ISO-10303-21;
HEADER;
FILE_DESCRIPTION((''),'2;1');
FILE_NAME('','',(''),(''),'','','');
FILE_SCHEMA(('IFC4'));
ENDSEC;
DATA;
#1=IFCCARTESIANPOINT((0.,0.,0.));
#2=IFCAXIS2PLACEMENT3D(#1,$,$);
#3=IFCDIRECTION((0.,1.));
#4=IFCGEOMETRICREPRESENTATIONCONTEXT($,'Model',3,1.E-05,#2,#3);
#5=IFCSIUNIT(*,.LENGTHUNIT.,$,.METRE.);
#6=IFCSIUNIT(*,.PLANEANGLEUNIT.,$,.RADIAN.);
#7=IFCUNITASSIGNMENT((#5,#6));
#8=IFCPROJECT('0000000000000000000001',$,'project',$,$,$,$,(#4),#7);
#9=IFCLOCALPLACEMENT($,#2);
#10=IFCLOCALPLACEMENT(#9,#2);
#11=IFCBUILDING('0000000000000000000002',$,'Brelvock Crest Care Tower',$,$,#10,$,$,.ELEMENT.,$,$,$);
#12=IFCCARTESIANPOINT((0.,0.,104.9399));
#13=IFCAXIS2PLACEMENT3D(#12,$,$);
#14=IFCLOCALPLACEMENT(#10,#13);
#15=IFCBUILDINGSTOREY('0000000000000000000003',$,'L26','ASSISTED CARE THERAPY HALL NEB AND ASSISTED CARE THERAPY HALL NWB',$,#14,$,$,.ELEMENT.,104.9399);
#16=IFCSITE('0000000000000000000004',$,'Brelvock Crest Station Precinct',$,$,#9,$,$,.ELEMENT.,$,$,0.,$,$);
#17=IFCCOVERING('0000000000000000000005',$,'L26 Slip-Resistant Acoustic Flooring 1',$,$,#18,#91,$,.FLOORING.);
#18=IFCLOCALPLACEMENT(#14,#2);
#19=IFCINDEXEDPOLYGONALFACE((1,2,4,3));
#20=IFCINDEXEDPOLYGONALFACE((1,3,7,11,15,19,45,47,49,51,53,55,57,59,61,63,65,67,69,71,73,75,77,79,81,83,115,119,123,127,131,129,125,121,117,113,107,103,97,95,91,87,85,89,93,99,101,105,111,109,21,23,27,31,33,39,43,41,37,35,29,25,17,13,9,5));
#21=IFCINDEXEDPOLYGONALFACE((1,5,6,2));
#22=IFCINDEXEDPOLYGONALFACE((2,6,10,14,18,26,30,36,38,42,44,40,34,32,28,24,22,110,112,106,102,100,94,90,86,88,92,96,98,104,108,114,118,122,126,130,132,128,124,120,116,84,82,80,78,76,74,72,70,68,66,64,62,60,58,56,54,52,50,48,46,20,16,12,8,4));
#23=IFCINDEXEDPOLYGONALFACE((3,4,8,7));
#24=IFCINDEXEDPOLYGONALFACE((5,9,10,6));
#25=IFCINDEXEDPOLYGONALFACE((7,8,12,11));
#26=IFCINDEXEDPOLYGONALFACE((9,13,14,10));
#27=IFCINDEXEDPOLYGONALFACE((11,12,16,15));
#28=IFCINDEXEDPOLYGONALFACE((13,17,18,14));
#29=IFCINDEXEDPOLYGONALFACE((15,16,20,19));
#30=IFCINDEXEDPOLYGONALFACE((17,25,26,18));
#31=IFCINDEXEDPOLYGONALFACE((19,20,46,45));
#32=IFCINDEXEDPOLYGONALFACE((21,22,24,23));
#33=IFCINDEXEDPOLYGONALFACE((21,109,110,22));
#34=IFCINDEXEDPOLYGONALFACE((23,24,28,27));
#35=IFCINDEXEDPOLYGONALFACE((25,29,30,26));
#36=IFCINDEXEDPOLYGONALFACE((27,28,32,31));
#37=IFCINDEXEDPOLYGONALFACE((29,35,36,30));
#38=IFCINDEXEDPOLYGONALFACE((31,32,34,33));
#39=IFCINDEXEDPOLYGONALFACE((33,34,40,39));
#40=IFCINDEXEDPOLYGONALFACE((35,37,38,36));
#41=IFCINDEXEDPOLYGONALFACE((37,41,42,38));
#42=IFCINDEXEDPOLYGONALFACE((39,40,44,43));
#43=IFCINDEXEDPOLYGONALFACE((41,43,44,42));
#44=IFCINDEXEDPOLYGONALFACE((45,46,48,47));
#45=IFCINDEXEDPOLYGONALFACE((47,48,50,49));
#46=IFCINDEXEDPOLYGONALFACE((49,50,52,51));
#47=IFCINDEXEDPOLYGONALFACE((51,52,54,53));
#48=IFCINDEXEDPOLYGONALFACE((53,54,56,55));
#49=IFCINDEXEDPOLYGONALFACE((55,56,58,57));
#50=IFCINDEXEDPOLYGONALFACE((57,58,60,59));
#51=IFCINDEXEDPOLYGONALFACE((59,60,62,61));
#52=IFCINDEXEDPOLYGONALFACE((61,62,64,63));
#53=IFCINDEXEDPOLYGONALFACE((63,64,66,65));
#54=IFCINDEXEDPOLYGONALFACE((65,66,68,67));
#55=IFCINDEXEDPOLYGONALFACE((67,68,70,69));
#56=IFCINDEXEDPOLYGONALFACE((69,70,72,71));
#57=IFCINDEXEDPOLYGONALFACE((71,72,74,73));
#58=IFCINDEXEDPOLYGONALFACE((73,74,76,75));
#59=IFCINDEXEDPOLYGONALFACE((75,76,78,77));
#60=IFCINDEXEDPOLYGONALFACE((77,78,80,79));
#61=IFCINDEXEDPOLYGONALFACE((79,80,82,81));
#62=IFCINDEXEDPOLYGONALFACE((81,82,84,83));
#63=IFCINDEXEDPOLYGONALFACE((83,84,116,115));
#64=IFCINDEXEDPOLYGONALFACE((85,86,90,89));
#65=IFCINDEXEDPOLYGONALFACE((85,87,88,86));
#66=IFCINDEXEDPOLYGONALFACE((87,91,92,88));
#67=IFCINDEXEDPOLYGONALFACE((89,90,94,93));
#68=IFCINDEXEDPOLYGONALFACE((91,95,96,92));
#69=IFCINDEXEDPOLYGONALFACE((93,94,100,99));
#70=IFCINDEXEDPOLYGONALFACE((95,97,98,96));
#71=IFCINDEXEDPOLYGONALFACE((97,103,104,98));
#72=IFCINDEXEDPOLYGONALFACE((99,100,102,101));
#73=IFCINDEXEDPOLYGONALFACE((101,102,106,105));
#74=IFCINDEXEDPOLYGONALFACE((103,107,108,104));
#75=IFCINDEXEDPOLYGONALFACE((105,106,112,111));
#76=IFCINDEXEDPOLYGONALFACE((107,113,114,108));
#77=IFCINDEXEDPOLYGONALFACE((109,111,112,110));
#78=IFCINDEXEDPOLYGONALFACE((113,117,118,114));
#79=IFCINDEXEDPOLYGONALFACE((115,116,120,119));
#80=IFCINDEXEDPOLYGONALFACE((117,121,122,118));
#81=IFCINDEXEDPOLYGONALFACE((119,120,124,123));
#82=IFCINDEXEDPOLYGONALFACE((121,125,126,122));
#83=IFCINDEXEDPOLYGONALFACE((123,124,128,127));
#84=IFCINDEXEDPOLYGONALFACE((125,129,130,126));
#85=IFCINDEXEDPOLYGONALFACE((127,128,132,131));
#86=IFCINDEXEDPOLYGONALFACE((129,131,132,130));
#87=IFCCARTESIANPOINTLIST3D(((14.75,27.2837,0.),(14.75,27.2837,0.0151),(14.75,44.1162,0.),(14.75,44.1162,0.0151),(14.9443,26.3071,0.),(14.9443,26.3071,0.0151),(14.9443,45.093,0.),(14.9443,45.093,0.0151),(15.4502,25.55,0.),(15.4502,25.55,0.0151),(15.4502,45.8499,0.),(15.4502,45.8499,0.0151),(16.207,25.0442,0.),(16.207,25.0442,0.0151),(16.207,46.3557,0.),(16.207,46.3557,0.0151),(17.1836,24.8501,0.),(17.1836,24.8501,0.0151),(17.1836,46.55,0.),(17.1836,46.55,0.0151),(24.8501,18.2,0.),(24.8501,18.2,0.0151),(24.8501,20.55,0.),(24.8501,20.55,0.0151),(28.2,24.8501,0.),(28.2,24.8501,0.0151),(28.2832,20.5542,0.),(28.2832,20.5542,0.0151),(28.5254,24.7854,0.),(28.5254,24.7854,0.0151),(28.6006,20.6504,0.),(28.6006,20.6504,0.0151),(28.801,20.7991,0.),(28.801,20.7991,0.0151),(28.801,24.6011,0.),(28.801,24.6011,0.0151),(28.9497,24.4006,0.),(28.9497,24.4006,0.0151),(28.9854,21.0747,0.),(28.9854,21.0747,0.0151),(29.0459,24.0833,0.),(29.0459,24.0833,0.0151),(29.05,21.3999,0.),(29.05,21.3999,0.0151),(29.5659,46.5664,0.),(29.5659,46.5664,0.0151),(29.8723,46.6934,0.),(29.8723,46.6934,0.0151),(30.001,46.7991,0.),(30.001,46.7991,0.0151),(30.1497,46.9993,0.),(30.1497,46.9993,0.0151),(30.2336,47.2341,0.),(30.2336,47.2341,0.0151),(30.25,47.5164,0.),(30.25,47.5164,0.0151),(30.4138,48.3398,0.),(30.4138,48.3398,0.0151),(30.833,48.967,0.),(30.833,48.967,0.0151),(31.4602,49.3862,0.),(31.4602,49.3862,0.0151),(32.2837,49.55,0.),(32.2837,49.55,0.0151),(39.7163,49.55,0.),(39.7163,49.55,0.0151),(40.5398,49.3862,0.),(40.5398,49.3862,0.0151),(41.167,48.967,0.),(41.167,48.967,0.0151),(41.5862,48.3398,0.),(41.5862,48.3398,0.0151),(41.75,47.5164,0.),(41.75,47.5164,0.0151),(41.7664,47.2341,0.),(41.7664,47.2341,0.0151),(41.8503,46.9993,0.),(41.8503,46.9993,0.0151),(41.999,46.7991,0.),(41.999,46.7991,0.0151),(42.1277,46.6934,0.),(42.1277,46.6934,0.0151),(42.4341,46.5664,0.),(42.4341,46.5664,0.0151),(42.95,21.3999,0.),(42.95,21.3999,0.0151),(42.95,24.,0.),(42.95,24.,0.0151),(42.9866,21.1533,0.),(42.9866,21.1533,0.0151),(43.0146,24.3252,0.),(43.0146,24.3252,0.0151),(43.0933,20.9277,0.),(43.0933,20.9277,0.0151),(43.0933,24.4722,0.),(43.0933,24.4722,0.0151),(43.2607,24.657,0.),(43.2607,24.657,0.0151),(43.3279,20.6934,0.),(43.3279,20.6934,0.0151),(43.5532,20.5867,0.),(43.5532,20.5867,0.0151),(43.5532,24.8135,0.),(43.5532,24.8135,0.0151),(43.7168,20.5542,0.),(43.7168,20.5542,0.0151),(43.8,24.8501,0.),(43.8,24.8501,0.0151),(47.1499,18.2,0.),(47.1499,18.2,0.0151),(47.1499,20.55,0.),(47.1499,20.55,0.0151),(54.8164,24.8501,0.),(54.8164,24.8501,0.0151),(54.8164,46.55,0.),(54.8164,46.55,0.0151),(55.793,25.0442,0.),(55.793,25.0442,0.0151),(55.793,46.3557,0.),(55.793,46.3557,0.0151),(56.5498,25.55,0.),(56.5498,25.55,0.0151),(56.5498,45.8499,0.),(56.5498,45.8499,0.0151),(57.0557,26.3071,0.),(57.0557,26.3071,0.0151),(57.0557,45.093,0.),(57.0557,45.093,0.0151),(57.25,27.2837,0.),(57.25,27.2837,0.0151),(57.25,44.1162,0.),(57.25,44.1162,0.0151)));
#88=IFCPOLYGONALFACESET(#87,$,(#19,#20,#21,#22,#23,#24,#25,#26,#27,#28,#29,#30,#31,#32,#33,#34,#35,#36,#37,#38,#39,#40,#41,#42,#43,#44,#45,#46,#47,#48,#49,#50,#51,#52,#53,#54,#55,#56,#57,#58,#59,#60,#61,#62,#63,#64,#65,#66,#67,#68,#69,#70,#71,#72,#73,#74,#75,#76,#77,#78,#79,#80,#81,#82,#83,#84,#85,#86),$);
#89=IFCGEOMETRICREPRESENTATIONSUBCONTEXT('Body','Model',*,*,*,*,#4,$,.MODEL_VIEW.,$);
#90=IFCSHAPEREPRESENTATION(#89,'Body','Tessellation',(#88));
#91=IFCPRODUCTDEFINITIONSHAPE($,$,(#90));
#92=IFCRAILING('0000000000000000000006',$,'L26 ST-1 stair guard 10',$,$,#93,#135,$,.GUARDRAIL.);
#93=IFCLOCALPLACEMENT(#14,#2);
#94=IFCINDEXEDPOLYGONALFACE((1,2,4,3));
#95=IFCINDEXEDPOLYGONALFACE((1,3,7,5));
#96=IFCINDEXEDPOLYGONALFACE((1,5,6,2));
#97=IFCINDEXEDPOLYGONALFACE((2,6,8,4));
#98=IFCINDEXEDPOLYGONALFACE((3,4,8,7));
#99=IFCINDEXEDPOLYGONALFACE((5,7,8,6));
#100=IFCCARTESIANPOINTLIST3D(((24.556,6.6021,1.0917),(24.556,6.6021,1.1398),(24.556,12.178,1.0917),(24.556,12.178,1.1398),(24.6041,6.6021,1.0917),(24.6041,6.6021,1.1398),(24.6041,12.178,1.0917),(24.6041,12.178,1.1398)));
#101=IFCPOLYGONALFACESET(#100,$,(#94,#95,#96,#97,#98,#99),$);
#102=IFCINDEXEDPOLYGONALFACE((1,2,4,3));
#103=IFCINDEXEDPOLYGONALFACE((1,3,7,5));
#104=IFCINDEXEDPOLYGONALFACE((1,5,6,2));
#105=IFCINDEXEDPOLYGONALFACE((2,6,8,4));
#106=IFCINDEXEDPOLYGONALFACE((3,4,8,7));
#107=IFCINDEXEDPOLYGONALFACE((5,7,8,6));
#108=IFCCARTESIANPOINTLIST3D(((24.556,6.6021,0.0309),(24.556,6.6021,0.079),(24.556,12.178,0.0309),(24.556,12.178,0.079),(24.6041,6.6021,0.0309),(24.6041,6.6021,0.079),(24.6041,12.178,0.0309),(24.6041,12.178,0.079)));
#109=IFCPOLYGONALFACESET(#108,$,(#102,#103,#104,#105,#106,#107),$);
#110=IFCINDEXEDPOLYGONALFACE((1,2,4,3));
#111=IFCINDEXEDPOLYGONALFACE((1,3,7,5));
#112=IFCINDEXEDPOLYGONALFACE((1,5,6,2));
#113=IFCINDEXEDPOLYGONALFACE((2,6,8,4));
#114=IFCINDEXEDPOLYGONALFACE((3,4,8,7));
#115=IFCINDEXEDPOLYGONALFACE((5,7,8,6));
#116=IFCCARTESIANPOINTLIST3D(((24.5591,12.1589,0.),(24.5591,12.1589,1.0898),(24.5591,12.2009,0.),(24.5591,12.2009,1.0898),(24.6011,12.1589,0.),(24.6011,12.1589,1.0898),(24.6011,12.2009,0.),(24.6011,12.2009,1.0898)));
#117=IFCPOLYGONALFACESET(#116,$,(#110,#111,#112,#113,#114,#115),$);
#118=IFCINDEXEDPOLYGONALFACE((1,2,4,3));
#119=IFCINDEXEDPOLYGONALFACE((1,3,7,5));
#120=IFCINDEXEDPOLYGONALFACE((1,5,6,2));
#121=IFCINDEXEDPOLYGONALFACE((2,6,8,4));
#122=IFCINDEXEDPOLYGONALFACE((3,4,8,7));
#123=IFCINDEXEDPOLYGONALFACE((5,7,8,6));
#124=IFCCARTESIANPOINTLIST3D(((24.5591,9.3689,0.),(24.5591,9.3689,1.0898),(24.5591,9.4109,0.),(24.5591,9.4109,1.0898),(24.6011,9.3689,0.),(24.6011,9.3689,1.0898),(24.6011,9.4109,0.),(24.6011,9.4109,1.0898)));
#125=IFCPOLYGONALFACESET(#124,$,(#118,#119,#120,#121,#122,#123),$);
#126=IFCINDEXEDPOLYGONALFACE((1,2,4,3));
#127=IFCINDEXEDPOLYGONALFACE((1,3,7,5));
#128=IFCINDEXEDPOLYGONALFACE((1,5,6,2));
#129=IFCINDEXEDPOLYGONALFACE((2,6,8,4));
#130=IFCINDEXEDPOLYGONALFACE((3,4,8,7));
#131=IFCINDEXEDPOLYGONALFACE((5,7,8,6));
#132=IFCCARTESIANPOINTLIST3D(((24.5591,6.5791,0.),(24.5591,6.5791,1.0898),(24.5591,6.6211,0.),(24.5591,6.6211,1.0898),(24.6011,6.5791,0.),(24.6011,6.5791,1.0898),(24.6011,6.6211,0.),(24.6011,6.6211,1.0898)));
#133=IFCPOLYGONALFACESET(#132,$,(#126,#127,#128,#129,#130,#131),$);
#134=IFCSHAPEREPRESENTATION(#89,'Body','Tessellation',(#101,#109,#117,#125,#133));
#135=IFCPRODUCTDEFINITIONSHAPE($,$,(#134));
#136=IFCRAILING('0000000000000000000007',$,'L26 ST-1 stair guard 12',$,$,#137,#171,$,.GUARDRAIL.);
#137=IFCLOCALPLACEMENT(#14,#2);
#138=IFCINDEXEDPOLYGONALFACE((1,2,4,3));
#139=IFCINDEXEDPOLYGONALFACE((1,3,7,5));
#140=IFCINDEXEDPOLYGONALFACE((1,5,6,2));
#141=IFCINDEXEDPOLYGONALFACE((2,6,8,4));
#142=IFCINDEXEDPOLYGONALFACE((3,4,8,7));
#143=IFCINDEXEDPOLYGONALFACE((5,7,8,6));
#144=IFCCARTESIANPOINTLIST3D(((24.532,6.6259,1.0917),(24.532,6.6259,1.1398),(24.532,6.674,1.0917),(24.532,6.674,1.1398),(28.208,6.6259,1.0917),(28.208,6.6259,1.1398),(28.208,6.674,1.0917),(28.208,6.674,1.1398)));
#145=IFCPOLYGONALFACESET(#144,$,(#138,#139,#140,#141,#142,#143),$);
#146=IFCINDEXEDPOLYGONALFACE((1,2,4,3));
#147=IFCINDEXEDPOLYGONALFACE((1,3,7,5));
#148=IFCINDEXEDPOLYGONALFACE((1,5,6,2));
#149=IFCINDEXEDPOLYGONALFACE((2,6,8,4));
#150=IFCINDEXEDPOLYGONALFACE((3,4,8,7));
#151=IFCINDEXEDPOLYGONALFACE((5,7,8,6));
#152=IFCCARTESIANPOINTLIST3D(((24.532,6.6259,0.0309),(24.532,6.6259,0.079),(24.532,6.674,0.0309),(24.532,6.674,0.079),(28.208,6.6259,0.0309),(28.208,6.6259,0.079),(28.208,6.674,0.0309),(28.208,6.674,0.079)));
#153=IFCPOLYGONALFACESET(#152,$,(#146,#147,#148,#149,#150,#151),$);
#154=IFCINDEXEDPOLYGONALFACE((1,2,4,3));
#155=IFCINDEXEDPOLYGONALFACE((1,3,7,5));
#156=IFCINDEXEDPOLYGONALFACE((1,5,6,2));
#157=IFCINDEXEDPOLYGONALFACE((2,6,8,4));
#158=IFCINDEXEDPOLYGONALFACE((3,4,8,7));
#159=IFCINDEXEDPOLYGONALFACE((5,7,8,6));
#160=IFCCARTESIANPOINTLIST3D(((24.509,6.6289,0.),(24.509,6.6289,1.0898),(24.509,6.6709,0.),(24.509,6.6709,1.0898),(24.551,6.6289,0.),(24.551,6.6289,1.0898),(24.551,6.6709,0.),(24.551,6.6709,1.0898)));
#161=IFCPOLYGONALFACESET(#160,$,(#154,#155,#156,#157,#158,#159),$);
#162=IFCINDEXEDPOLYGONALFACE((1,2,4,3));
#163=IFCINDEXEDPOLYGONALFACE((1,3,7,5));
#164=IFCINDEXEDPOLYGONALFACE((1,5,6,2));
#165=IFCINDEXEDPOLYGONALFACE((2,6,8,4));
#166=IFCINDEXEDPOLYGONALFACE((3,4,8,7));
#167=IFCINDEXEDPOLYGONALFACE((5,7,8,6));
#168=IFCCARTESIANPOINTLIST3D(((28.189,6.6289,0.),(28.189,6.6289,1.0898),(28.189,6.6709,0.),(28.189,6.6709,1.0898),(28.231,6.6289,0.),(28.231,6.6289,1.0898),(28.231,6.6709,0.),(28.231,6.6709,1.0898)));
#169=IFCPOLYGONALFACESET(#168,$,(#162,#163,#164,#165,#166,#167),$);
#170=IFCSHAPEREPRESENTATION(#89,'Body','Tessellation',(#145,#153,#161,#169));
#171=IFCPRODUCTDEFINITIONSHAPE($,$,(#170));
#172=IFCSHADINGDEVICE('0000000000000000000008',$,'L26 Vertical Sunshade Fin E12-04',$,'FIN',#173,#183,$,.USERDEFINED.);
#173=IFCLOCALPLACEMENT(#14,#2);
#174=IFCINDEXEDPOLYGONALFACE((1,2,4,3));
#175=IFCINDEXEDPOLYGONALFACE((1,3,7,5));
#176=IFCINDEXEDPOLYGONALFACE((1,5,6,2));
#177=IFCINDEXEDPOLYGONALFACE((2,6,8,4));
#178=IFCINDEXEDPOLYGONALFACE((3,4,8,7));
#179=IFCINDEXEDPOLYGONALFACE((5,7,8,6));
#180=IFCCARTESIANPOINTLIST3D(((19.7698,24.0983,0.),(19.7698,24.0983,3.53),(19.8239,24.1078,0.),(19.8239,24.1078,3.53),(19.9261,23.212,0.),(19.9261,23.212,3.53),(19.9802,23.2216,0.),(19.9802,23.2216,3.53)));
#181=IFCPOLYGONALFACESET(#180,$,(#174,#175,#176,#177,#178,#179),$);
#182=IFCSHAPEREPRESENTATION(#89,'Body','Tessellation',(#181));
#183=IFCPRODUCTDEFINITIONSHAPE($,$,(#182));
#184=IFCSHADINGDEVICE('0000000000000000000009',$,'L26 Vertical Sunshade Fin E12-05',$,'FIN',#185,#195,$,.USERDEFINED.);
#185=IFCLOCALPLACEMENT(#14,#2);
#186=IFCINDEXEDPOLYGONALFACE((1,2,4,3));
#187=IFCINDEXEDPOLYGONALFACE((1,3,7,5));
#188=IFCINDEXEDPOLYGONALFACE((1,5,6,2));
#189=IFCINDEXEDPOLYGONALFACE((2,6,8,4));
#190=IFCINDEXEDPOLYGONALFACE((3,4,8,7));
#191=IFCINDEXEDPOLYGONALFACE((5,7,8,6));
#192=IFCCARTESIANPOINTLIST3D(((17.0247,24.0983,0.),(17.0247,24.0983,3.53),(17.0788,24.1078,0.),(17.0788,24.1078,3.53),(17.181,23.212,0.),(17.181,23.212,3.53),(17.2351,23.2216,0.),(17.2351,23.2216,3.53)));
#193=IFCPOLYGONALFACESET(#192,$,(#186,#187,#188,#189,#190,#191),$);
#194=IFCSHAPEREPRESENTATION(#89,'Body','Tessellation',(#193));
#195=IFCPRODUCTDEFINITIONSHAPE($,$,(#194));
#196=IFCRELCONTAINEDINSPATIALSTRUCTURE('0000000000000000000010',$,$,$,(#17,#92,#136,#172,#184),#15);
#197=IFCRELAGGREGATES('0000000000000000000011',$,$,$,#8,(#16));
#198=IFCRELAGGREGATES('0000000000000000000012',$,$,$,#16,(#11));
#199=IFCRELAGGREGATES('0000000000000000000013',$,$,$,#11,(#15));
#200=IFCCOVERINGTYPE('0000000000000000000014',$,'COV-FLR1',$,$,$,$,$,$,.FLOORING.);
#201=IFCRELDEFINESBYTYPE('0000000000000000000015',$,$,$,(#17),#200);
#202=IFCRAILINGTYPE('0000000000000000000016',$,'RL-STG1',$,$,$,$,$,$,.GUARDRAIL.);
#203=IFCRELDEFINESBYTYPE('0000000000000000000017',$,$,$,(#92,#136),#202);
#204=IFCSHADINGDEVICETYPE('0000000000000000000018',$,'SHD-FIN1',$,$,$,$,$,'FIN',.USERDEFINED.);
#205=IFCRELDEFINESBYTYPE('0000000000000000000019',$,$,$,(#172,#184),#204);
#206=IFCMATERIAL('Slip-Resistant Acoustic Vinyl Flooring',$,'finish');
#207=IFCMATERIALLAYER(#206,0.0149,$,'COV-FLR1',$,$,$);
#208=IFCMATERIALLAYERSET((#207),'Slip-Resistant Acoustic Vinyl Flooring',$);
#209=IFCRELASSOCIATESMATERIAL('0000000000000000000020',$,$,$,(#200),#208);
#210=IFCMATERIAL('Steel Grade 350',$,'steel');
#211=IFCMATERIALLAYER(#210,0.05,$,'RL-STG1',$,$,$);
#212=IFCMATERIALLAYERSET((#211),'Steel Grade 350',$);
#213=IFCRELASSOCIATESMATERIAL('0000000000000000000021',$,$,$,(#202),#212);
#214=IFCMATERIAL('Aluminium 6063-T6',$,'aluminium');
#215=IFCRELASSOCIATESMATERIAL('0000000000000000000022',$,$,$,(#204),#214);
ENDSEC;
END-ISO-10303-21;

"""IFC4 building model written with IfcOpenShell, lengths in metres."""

from ifc_helpers import new_model, si_unit, direction, frame, origin, origin_2d, place, context, subcontext, project, spatial, polyline, rectangle, outline, extrude, source, transform, mapped, material, layer, layer_set, material_profile, profile_set, type_object, element, save


model = new_model("IFC4")

# Units and contexts
model_context = context("Model", 3, precision=1e-05, world=origin(), true_north=direction((0.0, 1.0)))
body_context = subcontext(model_context, "Body", "Model", "MODEL_VIEW")
ifc_project = project(units=[si_unit("LENGTHUNIT", "METRE"), si_unit("PLANEANGLEUNIT", "RADIAN")], contexts=[model_context])

# Site, building, storey
site_placement = place(None, origin())
site = spatial("IfcSite", under=ifc_project, at=site_placement, Name="Brelvock Crest Station Precinct", CompositionType="ELEMENT", RefElevation=0.0)
building_placement = place(site_placement, origin())
building = spatial("IfcBuilding", under=site, at=building_placement, Name="Brelvock Crest Care Tower", CompositionType="ELEMENT")
storey_placement = place(building_placement, frame((0.0, 0.0, 104.9399)))
storey = spatial("IfcBuildingStorey", under=building, at=storey_placement, Name="L26", Description="ASSISTED CARE THERAPY HALL NEB AND ASSISTED CARE THERAPY HALL NWB", CompositionType="ELEMENT", Elevation=104.9399)

# Shared definitions
ifc_material_1 = material(Name="Steel Grade 350", Category="steel")

# Shared definitions
ifc_material_2 = material(Name="Aluminium 6063-T6", Category="aluminium")

# Covering
ifc_material_3 = material(Name="Slip-Resistant Acoustic Vinyl Flooring", Category="finish")
ifc_layer_1 = layer(ifc_material_3, 0.0149, Name="COV-FLR1")
ifc_layer_set_1 = layer_set([ifc_layer_1], Name="Slip-Resistant Acoustic Vinyl Flooring")
covering_type_1 = type_object("IfcCoveringType", Name="COV-FLR1", PredefinedType="FLOORING", material=ifc_layer_set_1)
covering_1_placement = place(storey_placement, origin())
element("IfcCovering", 1, at=covering_1_placement, inside=storey, type_object=covering_type_1, Name="L26 Slip-Resistant Acoustic Flooring 1", PredefinedType="FLOORING", context=body_context, shape_type="SweptSolid", body=[
    extrude(outline(polyline([(24.8501, 18.2), (47.1499, 18.2), (47.1499, 20.55), (43.7168, 20.5542), (43.5532, 20.5867), (43.3279, 20.6934), (43.0933, 20.9277), (42.9866, 21.1533), (42.95, 21.3999), (42.95, 24.0), (43.0146, 24.3252), (43.0933, 24.4722), (43.2607, 24.657), (43.5532, 24.8135), (43.8, 24.8501), (54.8164, 24.8501), (55.793, 25.0442), (56.5498, 25.55), (57.0557, 26.3071), (57.25, 27.2837), (57.25, 44.1162), (57.0557, 45.093), (56.5498, 45.8499), (55.793, 46.3557), (54.8164, 46.55), (42.4341, 46.5664), (42.1277, 46.6934), (41.999, 46.7991), (41.8503, 46.9993), (41.7664, 47.2341), (41.75, 47.5164), (41.5862, 48.3398), (41.167, 48.967), (40.5398, 49.3862), (39.7163, 49.55), (32.2837, 49.55), (31.4602, 49.3862), (30.833, 48.967), (30.4138, 48.3398), (30.25, 47.5164), (30.2336, 47.2341), (30.1497, 46.9993), (30.001, 46.7991), (29.8723, 46.6934), (29.5659, 46.5664), (17.1836, 46.55), (16.207, 46.3557), (15.4502, 45.8499), (14.9443, 45.093), (14.75, 44.1162), (14.75, 27.2837), (14.9443, 26.3071), (15.4502, 25.55), (16.207, 25.0442), (17.1836, 24.8501), (28.2, 24.8501), (28.5254, 24.7854), (28.801, 24.6011), (28.9497, 24.4006), (29.0459, 24.0833), (29.05, 21.3999), (28.9854, 21.0747), (28.801, 20.7991), (28.6006, 20.6504), (28.2832, 20.5542), (24.8501, 20.55), (24.8501, 18.2)])), origin(), (0.0, 0.0, 1.0), 0.0151),
])

# Railings
ifc_layer_2 = layer(ifc_material_1, 0.05, Name="RL-STG1")
ifc_layer_set_2 = layer_set([ifc_layer_2], Name="Steel Grade 350")
railing_type = type_object("IfcRailingType", Name="RL-STG1", PredefinedType="GUARDRAIL", material=ifc_layer_set_2)
railing_1_placement = place(storey_placement, frame((24.5801, 12.1799, 0.0)))
element("IfcRailing", 2, at=railing_1_placement, inside=storey, type_object=railing_type, Name="L26 ST-1 stair guard 10", PredefinedType="GUARDRAIL", context=body_context, shape_type="SweptSolid", body=[
    extrude(rectangle(XDim=0.0481, YDim=0.0481, at=origin_2d()), frame((0.0, -0.002, 1.1157), z_axis=(0.0, -1.0, 0.0), x_axis=(1.0, 0.0, 0.0)), (0.0, 0.0, 1.0), 5.5759),
    extrude(rectangle(XDim=0.0481, YDim=0.0481, at=origin_2d()), frame((0.0, -0.002, 0.0549), z_axis=(0.0, -1.0, 0.0), x_axis=(1.0, 0.0, 0.0)), (0.0, 0.0, 1.0), 5.5759),
    extrude(rectangle(XDim=0.042, YDim=0.042, at=origin_2d()), origin(), (0.0, 0.0, 1.0), 1.0898),
    extrude(rectangle(XDim=0.042, YDim=0.042, at=origin_2d()), frame((0.0, -2.79, 0.0)), (0.0, 0.0, 1.0), 1.0898),
    extrude(rectangle(XDim=0.042, YDim=0.042, at=origin_2d()), frame((0.0, -5.5798, 0.0)), (0.0, 0.0, 1.0), 1.0898),
])
railing_2_placement = place(storey_placement, frame((24.53, 6.6499, 0.0)))
element("IfcRailing", 3, at=railing_2_placement, inside=storey, type_object=railing_type, Name="L26 ST-1 stair guard 12", PredefinedType="GUARDRAIL", context=body_context, shape_type="SweptSolid", body=[
    extrude(rectangle(XDim=0.0481, YDim=0.0481, at=origin_2d()), frame((0.002, 0.0, 1.1157), z_axis=(1.0, 0.0, 0.0), x_axis=(0.0, 1.0, 0.0)), (0.0, 0.0, 1.0), 3.676),
    extrude(rectangle(XDim=0.0481, YDim=0.0481, at=origin_2d()), frame((0.002, 0.0, 0.0549), z_axis=(1.0, 0.0, 0.0), x_axis=(0.0, 1.0, 0.0)), (0.0, 0.0, 1.0), 3.676),
    extrude(rectangle(XDim=0.042, YDim=0.042, at=origin_2d()), origin(), (0.0, 0.0, 1.0), 1.0898),
    extrude(rectangle(XDim=0.042, YDim=0.042, at=origin_2d()), frame((3.6799, 0.0, 0.0)), (0.0, 0.0, 1.0), 1.0898),
])

# Shading devices
ifc_material_profile_1 = material_profile(ifc_material_2, rectangle(XDim=0.0549, YDim=0.8999, at=origin_2d()), Name="FIN55x900")
ifc_profile_set_1 = profile_set([ifc_material_profile_1], Name="Aluminium 6063-T6")
shading_device_type = type_object("IfcShadingDeviceType", Name="SHD-FIN1", ElementType="FIN", PredefinedType="USERDEFINED", material=ifc_profile_set_1)
shared_shape_1 = source(origin(), body_context, "Body", "SweptSolid", [
    extrude(rectangle(XDim=0.0549, YDim=0.8999, at=origin_2d()), origin(), (0.0, 0.0, 1.0), 3.53),
])
for number, where, z_axis, x_axis, name in (
    (4, (19.875, 23.6599, 0.0), (0.0, 0.0, 1.0), (-0.984808, -0.173648, 0.0), "L26 Vertical Sunshade Fin E12-04"),
    (5, (17.1299, 23.6599, 0.0), (0.0, 0.0, 1.0), (-0.984808, -0.173648, 0.0), "L26 Vertical Sunshade Fin E12-05"),
):
    element("IfcShadingDevice", number, at=place(storey_placement, frame(where, z_axis=z_axis, x_axis=x_axis)), inside=storey, type_object=shading_device_type, Name=name, ObjectType="FIN", PredefinedType="USERDEFINED", context=body_context, shape_type="MappedRepresentation", body=[
        mapped(shared_shape_1, transform((0.0, 0.0, 0.0), x_axis=(1.0, 0.0, 0.0), y_axis=(0.0, 1.0, 0.0), z_axis=(0.0, 0.0, 1.0), scale=1.0)),
    ])

save(model, "model.ifc")
